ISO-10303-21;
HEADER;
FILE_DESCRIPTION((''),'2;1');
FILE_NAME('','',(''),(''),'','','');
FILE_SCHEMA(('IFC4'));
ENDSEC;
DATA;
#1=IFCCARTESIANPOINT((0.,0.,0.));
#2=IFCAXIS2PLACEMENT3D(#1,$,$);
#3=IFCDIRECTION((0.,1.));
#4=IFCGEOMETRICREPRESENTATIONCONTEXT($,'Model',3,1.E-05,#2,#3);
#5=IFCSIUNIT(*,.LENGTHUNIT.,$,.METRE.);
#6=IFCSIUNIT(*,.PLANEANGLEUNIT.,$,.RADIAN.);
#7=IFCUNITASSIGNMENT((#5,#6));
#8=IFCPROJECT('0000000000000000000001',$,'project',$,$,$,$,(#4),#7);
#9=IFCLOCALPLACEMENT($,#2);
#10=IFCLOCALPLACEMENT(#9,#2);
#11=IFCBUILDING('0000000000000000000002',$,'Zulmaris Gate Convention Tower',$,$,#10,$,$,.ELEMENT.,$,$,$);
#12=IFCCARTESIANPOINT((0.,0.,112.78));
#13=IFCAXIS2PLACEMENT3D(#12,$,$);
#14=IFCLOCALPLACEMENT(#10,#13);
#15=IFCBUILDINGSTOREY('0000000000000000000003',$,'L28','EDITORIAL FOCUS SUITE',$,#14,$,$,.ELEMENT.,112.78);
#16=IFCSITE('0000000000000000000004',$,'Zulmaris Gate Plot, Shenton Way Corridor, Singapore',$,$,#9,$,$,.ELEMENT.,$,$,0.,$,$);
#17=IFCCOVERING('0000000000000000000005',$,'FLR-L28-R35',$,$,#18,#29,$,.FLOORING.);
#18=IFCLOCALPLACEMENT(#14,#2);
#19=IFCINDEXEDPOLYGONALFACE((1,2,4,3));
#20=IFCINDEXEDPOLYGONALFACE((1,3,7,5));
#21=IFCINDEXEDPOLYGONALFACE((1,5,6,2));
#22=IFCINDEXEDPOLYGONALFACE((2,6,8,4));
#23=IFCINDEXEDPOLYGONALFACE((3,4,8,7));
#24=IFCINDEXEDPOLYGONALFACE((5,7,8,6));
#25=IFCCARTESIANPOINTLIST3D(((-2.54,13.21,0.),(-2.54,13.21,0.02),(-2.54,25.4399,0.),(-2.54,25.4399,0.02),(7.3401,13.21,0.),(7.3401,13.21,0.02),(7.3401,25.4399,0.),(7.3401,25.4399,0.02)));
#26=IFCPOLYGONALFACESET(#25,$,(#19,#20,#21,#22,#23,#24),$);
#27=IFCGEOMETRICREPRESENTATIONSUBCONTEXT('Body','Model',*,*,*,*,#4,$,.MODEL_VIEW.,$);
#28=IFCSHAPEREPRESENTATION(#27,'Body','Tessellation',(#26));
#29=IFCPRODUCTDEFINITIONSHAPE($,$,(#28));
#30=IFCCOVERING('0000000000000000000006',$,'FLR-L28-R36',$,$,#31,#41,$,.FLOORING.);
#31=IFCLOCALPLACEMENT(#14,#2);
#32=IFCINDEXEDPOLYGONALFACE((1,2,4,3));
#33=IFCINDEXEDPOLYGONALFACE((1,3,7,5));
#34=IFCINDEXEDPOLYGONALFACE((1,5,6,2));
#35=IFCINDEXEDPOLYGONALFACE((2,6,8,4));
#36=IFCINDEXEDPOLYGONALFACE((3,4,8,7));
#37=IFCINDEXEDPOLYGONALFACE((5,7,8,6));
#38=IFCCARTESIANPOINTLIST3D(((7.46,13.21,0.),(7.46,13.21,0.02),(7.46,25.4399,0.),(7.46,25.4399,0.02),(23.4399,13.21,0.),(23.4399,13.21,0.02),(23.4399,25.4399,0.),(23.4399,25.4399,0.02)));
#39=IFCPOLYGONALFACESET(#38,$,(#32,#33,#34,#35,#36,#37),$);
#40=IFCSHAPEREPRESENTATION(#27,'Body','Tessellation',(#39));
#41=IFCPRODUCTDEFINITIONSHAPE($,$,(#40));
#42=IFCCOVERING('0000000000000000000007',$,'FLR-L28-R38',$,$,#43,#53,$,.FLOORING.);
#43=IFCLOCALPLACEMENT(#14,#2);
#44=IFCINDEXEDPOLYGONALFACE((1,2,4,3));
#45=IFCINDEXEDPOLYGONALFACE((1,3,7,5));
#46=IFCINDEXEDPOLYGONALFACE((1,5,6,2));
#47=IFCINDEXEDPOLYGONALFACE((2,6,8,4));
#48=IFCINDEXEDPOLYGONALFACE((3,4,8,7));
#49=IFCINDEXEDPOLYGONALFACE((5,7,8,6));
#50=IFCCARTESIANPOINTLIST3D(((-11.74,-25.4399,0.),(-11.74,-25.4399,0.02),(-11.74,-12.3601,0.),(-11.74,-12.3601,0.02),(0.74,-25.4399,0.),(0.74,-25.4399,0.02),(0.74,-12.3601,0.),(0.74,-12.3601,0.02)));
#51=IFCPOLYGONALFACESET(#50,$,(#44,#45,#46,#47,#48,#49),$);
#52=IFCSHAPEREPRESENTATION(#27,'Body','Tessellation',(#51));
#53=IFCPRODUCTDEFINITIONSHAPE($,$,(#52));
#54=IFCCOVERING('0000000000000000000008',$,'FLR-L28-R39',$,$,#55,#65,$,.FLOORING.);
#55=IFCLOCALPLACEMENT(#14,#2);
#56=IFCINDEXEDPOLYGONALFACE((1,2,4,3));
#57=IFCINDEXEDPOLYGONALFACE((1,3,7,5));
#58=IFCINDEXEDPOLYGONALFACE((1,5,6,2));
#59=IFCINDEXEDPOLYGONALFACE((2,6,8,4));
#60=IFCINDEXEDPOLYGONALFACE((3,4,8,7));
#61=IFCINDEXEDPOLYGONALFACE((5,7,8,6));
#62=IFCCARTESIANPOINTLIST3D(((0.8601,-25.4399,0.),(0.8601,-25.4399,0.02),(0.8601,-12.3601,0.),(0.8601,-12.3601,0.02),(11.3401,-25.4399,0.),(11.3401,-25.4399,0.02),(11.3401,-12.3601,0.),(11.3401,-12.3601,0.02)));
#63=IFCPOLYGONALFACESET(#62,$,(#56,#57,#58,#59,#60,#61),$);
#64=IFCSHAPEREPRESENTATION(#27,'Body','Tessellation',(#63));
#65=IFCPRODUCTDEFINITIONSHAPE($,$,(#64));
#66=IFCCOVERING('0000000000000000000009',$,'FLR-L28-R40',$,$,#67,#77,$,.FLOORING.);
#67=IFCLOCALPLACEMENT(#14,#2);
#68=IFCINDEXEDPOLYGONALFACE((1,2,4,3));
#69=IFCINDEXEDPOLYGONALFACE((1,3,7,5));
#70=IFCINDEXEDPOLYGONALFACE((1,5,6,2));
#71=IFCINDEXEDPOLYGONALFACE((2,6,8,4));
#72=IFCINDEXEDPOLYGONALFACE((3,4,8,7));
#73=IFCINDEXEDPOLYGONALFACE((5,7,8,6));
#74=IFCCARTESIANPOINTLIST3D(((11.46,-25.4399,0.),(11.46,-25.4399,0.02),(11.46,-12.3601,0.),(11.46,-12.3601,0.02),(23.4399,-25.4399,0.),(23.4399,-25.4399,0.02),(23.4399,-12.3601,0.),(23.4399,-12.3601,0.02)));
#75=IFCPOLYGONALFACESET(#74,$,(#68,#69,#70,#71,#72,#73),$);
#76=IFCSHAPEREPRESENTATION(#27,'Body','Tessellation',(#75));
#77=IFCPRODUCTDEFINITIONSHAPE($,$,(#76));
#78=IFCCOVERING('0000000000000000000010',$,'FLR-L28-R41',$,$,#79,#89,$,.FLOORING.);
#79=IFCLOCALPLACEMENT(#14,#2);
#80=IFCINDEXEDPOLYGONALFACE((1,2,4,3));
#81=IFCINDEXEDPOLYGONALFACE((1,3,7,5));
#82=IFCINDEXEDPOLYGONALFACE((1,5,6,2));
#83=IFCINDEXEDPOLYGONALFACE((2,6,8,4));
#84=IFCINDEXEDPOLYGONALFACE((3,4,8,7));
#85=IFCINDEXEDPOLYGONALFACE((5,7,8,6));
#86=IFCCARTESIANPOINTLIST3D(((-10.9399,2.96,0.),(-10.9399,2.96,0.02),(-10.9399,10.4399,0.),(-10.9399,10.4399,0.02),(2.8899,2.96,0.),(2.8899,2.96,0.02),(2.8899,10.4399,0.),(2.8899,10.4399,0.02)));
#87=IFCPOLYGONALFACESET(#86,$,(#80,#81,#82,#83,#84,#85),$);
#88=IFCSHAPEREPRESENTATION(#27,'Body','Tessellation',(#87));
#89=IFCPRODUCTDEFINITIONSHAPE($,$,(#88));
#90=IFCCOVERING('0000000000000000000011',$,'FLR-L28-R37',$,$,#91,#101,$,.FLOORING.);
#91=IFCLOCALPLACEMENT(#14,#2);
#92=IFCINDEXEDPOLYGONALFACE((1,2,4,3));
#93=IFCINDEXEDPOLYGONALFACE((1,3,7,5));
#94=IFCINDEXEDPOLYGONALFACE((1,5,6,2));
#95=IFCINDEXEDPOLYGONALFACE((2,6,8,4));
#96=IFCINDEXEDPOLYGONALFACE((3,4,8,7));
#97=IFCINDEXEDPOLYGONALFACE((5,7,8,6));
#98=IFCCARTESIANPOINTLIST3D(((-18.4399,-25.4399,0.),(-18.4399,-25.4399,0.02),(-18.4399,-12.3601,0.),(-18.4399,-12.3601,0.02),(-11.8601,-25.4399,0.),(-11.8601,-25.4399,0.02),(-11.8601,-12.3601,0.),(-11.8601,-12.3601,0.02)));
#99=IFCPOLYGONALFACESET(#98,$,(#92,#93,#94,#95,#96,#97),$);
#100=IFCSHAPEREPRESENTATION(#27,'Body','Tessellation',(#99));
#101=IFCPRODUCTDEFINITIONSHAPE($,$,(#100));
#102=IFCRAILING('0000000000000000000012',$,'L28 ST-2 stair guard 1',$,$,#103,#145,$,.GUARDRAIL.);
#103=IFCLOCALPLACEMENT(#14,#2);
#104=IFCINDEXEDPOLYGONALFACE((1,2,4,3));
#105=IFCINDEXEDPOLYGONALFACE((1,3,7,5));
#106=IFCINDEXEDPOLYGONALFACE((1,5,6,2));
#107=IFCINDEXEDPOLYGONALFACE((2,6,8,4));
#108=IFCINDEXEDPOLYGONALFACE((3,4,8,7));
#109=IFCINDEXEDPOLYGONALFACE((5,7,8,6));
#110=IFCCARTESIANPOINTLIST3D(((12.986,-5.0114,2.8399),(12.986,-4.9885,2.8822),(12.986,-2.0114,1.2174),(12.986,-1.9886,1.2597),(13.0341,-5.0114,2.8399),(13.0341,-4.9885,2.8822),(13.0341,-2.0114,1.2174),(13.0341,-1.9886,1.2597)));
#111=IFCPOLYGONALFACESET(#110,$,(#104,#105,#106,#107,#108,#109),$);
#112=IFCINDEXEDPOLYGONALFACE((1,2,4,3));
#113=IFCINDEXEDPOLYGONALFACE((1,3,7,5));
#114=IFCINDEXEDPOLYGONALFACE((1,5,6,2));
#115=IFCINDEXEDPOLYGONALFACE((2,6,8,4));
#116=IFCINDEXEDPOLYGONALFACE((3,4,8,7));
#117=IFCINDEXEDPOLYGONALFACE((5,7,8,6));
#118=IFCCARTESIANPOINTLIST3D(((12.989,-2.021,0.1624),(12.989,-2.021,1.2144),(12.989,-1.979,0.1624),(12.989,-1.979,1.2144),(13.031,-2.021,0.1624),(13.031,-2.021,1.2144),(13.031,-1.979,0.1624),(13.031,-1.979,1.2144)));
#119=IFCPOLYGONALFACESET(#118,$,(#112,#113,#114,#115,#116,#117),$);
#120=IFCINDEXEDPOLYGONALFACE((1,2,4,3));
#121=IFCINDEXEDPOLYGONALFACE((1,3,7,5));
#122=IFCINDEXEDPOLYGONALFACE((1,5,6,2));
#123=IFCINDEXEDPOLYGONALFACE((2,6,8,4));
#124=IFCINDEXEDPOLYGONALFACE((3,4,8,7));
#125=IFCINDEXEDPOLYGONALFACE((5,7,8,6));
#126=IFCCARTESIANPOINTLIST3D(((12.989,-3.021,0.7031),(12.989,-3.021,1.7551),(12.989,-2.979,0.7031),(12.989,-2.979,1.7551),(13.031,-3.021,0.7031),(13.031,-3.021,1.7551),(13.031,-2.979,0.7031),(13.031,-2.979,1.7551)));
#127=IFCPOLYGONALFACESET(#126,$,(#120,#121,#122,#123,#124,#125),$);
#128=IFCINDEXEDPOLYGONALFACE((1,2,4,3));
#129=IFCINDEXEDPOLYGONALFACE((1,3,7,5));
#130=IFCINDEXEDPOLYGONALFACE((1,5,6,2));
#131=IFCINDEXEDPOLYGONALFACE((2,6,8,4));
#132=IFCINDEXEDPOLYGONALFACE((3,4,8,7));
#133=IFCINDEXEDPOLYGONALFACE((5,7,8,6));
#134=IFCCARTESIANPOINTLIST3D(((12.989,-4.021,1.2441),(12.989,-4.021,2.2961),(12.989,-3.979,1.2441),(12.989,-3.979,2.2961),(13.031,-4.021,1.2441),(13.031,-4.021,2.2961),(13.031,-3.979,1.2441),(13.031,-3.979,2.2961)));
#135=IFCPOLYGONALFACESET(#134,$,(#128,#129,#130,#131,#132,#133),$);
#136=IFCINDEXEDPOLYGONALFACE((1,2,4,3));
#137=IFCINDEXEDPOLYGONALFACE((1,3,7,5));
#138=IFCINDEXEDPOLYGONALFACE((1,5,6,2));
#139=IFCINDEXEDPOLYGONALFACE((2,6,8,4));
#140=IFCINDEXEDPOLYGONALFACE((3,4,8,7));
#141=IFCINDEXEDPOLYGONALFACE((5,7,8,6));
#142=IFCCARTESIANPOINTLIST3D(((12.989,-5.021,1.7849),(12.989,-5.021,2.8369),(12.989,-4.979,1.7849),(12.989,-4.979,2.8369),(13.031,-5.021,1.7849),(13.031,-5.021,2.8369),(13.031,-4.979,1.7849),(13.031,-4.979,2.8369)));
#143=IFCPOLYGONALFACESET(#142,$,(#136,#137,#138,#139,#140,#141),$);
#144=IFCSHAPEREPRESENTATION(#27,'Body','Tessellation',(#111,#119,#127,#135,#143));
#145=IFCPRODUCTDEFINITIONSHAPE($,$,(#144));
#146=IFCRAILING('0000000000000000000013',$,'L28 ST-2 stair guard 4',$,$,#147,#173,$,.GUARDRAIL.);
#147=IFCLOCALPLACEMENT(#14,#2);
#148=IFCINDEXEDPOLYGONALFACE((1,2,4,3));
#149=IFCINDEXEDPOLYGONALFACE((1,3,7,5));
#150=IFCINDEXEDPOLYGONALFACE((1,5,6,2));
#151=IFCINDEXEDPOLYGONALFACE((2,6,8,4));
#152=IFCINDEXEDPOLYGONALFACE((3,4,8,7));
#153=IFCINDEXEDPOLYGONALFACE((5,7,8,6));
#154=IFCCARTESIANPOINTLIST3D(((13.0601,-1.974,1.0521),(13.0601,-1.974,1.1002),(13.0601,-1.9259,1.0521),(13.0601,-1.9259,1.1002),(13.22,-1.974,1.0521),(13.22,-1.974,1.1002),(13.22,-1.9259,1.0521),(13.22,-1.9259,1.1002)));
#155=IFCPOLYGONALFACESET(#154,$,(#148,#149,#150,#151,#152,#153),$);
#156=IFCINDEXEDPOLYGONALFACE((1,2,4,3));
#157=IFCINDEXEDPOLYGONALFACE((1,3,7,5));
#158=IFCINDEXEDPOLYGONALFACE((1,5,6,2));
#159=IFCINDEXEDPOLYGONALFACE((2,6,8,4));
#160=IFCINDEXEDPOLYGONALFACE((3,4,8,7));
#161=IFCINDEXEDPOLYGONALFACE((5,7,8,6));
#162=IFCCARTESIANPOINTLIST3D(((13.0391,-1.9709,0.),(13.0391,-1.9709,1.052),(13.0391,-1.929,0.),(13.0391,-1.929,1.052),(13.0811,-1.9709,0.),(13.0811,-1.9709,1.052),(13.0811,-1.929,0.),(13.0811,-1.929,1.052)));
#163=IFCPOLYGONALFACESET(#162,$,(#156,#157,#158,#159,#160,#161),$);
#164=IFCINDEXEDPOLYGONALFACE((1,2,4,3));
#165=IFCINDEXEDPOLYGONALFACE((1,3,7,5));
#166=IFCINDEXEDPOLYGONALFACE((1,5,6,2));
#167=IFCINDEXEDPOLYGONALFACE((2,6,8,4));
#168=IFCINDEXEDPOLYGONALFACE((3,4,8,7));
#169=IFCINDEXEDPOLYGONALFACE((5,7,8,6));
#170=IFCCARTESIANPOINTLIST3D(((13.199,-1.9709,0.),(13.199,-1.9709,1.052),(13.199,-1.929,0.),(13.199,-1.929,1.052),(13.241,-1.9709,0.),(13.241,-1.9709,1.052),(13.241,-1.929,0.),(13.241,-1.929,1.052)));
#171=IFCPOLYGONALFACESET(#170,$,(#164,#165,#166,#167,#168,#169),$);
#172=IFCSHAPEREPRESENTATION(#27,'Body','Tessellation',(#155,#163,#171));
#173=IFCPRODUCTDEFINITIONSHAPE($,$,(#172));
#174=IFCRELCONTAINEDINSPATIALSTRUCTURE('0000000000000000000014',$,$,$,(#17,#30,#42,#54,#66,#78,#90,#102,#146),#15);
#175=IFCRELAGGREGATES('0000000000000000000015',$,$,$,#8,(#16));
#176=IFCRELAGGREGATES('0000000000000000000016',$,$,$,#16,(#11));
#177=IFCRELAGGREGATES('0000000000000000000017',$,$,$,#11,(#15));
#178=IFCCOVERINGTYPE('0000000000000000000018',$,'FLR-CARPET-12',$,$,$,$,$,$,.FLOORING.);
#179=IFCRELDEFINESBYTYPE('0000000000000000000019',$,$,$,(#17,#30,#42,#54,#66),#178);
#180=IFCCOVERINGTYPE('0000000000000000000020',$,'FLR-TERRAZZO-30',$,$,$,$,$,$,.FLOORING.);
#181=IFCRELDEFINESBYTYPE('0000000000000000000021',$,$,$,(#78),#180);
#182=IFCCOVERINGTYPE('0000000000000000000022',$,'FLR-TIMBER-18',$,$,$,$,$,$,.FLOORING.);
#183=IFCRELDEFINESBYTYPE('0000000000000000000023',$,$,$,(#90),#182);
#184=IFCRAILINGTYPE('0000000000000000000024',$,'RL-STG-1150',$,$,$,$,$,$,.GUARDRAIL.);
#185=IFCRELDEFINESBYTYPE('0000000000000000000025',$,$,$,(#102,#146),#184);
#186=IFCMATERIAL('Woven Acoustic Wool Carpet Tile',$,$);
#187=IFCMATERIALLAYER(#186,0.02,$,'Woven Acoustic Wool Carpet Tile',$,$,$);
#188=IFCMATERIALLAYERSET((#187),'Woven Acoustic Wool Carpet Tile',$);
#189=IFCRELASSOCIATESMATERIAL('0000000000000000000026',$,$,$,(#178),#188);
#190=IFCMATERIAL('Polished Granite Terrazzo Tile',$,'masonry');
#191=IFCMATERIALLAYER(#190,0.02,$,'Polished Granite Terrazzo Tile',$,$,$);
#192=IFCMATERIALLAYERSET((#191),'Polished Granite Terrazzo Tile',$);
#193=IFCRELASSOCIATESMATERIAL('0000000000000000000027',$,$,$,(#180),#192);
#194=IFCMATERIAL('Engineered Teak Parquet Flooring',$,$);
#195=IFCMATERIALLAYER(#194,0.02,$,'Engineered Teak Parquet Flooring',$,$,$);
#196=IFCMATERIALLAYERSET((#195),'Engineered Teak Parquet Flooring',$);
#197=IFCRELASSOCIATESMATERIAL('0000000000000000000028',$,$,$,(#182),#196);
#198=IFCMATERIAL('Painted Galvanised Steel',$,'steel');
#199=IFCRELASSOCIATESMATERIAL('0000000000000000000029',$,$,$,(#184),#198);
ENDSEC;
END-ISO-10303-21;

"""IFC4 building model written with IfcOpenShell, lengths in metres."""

from ifc_helpers import new_model, si_unit, direction, frame, origin, origin_2d, place, context, subcontext, project, spatial, polyline, rectangle, outline, extrude, material, layer, layer_set, type_object, element, save


model = new_model("IFC4")

# Units and contexts
model_context = context("Model", 3, precision=1e-05, world=origin(), true_north=direction((0.0, 1.0)))
body_context = subcontext(model_context, "Body", "Model", "MODEL_VIEW")
ifc_project = project(units=[si_unit("LENGTHUNIT", "METRE"), si_unit("PLANEANGLEUNIT", "RADIAN")], contexts=[model_context])

# Site, building, storey
site_placement = place(None, origin())
site = spatial("IfcSite", under=ifc_project, at=site_placement, Name="Zulmaris Gate Plot, Shenton Way Corridor, Singapore", CompositionType="ELEMENT", RefElevation=0.0)
building_placement = place(site_placement, origin())
building = spatial("IfcBuilding", under=site, at=building_placement, Name="Zulmaris Gate Convention Tower", CompositionType="ELEMENT")
storey_placement = place(building_placement, frame((0.0, 0.0, 112.78)))
storey = spatial("IfcBuildingStorey", under=building, at=storey_placement, Name="L28", Description="EDITORIAL FOCUS SUITE", CompositionType="ELEMENT", Elevation=112.78)

# Coverings
ifc_material_1 = material(Name="Woven Acoustic Wool Carpet Tile")
ifc_layer_1 = layer(ifc_material_1, 0.02, Name="Woven Acoustic Wool Carpet Tile")
ifc_layer_set_1 = layer_set([ifc_layer_1], Name="Woven Acoustic Wool Carpet Tile")
covering_type_1 = type_object("IfcCoveringType", Name="FLR-CARPET-12", PredefinedType="FLOORING", material=ifc_layer_set_1)
covering_1_placement = place(storey_placement, origin())
element("IfcCovering", 1, at=covering_1_placement, inside=storey, type_object=covering_type_1, Name="FLR-L28-R35", PredefinedType="FLOORING", context=body_context, shape_type="SweptSolid", body=[
    extrude(outline(polyline([(-2.54, 13.21), (7.3401, 13.21), (7.3401, 25.4399), (-2.54, 25.4399), (-2.54, 13.21)])), origin(), (0.0, 0.0, 1.0), 0.02),
])
covering_2_placement = place(storey_placement, origin())
element("IfcCovering", 2, at=covering_2_placement, inside=storey, type_object=covering_type_1, Name="FLR-L28-R36", PredefinedType="FLOORING", context=body_context, shape_type="SweptSolid", body=[
    extrude(outline(polyline([(7.46, 13.21), (23.4399, 13.21), (23.4399, 25.4399), (7.46, 25.4399), (7.46, 13.21)])), origin(), (0.0, 0.0, 1.0), 0.02),
])
covering_3_placement = place(storey_placement, origin())
element("IfcCovering", 3, at=covering_3_placement, inside=storey, type_object=covering_type_1, Name="FLR-L28-R38", PredefinedType="FLOORING", context=body_context, shape_type="SweptSolid", body=[
    extrude(outline(polyline([(-11.74, -25.4399), (0.74, -25.4399), (0.74, -12.3601), (-11.74, -12.3601), (-11.74, -25.4399)])), origin(), (0.0, 0.0, 1.0), 0.02),
])
covering_4_placement = place(storey_placement, origin())
element("IfcCovering", 4, at=covering_4_placement, inside=storey, type_object=covering_type_1, Name="FLR-L28-R39", PredefinedType="FLOORING", context=body_context, shape_type="SweptSolid", body=[
    extrude(outline(polyline([(0.8601, -25.4399), (11.3401, -25.4399), (11.3401, -12.3601), (0.8601, -12.3601), (0.8601, -25.4399)])), origin(), (0.0, 0.0, 1.0), 0.02),
])
covering_5_placement = place(storey_placement, origin())
element("IfcCovering", 5, at=covering_5_placement, inside=storey, type_object=covering_type_1, Name="FLR-L28-R40", PredefinedType="FLOORING", context=body_context, shape_type="SweptSolid", body=[
    extrude(outline(polyline([(11.46, -25.4399), (23.4399, -25.4399), (23.4399, -12.3601), (11.46, -12.3601), (11.46, -25.4399)])), origin(), (0.0, 0.0, 1.0), 0.02),
])
ifc_material_2 = material(Name="Polished Granite Terrazzo Tile", Category="masonry")
ifc_layer_2 = layer(ifc_material_2, 0.02, Name="Polished Granite Terrazzo Tile")
ifc_layer_set_2 = layer_set([ifc_layer_2], Name="Polished Granite Terrazzo Tile")
covering_type_2 = type_object("IfcCoveringType", Name="FLR-TERRAZZO-30", PredefinedType="FLOORING", material=ifc_layer_set_2)
covering_6_placement = place(storey_placement, origin())
element("IfcCovering", 6, at=covering_6_placement, inside=storey, type_object=covering_type_2, Name="FLR-L28-R41", PredefinedType="FLOORING", context=body_context, shape_type="SweptSolid", body=[
    extrude(outline(polyline([(-10.9399, 2.96), (2.8899, 2.96), (2.8899, 10.4399), (-10.9399, 10.4399), (-10.9399, 2.96)])), origin(), (0.0, 0.0, 1.0), 0.02),
])
ifc_material_3 = material(Name="Engineered Teak Parquet Flooring")
ifc_layer_3 = layer(ifc_material_3, 0.02, Name="Engineered Teak Parquet Flooring")
ifc_layer_set_3 = layer_set([ifc_layer_3], Name="Engineered Teak Parquet Flooring")
covering_type_3 = type_object("IfcCoveringType", Name="FLR-TIMBER-18", PredefinedType="FLOORING", material=ifc_layer_set_3)
covering_7_placement = place(storey_placement, origin())
element("IfcCovering", 7, at=covering_7_placement, inside=storey, type_object=covering_type_3, Name="FLR-L28-R37", PredefinedType="FLOORING", context=body_context, shape_type="SweptSolid", body=[
    extrude(outline(polyline([(-18.4399, -25.4399), (-11.8601, -25.4399), (-11.8601, -12.3601), (-18.4399, -12.3601), (-18.4399, -25.4399)])), origin(), (0.0, 0.0, 1.0), 0.02),
])

# Railings
ifc_material_4 = material(Name="Painted Galvanised Steel", Category="steel")
railing_type_1 = type_object("IfcRailingType", Name="RL-STG-1150", PredefinedType="GUARDRAIL", material=ifc_material_4)
railing_1_placement = place(storey_placement, frame((13.01, -2.0, 0.1624)))
element("IfcRailing", 8, at=railing_1_placement, inside=storey, type_object=railing_type_1, Name="L28 ST-2 stair guard 1", PredefinedType="GUARDRAIL", context=body_context, shape_type="SweptSolid", body=[
    extrude(rectangle(XDim=0.0481, YDim=0.0481, at=origin_2d()), frame((0.0, 0.0, 1.0762), z_axis=(0.0, -0.879592, 0.47573), x_axis=(1.0, 0.0, 0.0)), (0.0, 0.0, 1.0), 3.4106),
    extrude(rectangle(XDim=0.042, YDim=0.042, at=origin_2d()), origin(), (0.0, 0.0, 1.0), 1.052),
    extrude(rectangle(XDim=0.042, YDim=0.042, at=origin_2d()), frame((0.0, -1.0, 0.5408)), (0.0, 0.0, 1.0), 1.052),
    extrude(rectangle(XDim=0.042, YDim=0.042, at=origin_2d()), frame((0.0, -2.0, 1.0818)), (0.0, 0.0, 1.0), 1.052),
    extrude(rectangle(XDim=0.042, YDim=0.042, at=origin_2d()), frame((0.0, -3.0, 1.6226)), (0.0, 0.0, 1.0), 1.052),
])
railing_2_placement = place(storey_placement, frame((13.0601, -1.95, 0.0)))
element("IfcRailing", 9, at=railing_2_placement, inside=storey, type_object=railing_type_1, Name="L28 ST-2 stair guard 4", PredefinedType="GUARDRAIL", context=body_context, shape_type="SweptSolid", body=[
    extrude(rectangle(XDim=0.0481, YDim=0.0481, at=origin_2d()), frame((0.0, 0.0, 1.0762), z_axis=(1.0, 0.0, 0.0), x_axis=(0.0, 1.0, 0.0)), (0.0, 0.0, 1.0), 0.1599),
    extrude(rectangle(XDim=0.042, YDim=0.042, at=origin_2d()), origin(), (0.0, 0.0, 1.0), 1.052),
    extrude(rectangle(XDim=0.042, YDim=0.042, at=origin_2d()), frame((0.1599, 0.0, 0.0)), (0.0, 0.0, 1.0), 1.052),
])

save(model, "model.ifc")
